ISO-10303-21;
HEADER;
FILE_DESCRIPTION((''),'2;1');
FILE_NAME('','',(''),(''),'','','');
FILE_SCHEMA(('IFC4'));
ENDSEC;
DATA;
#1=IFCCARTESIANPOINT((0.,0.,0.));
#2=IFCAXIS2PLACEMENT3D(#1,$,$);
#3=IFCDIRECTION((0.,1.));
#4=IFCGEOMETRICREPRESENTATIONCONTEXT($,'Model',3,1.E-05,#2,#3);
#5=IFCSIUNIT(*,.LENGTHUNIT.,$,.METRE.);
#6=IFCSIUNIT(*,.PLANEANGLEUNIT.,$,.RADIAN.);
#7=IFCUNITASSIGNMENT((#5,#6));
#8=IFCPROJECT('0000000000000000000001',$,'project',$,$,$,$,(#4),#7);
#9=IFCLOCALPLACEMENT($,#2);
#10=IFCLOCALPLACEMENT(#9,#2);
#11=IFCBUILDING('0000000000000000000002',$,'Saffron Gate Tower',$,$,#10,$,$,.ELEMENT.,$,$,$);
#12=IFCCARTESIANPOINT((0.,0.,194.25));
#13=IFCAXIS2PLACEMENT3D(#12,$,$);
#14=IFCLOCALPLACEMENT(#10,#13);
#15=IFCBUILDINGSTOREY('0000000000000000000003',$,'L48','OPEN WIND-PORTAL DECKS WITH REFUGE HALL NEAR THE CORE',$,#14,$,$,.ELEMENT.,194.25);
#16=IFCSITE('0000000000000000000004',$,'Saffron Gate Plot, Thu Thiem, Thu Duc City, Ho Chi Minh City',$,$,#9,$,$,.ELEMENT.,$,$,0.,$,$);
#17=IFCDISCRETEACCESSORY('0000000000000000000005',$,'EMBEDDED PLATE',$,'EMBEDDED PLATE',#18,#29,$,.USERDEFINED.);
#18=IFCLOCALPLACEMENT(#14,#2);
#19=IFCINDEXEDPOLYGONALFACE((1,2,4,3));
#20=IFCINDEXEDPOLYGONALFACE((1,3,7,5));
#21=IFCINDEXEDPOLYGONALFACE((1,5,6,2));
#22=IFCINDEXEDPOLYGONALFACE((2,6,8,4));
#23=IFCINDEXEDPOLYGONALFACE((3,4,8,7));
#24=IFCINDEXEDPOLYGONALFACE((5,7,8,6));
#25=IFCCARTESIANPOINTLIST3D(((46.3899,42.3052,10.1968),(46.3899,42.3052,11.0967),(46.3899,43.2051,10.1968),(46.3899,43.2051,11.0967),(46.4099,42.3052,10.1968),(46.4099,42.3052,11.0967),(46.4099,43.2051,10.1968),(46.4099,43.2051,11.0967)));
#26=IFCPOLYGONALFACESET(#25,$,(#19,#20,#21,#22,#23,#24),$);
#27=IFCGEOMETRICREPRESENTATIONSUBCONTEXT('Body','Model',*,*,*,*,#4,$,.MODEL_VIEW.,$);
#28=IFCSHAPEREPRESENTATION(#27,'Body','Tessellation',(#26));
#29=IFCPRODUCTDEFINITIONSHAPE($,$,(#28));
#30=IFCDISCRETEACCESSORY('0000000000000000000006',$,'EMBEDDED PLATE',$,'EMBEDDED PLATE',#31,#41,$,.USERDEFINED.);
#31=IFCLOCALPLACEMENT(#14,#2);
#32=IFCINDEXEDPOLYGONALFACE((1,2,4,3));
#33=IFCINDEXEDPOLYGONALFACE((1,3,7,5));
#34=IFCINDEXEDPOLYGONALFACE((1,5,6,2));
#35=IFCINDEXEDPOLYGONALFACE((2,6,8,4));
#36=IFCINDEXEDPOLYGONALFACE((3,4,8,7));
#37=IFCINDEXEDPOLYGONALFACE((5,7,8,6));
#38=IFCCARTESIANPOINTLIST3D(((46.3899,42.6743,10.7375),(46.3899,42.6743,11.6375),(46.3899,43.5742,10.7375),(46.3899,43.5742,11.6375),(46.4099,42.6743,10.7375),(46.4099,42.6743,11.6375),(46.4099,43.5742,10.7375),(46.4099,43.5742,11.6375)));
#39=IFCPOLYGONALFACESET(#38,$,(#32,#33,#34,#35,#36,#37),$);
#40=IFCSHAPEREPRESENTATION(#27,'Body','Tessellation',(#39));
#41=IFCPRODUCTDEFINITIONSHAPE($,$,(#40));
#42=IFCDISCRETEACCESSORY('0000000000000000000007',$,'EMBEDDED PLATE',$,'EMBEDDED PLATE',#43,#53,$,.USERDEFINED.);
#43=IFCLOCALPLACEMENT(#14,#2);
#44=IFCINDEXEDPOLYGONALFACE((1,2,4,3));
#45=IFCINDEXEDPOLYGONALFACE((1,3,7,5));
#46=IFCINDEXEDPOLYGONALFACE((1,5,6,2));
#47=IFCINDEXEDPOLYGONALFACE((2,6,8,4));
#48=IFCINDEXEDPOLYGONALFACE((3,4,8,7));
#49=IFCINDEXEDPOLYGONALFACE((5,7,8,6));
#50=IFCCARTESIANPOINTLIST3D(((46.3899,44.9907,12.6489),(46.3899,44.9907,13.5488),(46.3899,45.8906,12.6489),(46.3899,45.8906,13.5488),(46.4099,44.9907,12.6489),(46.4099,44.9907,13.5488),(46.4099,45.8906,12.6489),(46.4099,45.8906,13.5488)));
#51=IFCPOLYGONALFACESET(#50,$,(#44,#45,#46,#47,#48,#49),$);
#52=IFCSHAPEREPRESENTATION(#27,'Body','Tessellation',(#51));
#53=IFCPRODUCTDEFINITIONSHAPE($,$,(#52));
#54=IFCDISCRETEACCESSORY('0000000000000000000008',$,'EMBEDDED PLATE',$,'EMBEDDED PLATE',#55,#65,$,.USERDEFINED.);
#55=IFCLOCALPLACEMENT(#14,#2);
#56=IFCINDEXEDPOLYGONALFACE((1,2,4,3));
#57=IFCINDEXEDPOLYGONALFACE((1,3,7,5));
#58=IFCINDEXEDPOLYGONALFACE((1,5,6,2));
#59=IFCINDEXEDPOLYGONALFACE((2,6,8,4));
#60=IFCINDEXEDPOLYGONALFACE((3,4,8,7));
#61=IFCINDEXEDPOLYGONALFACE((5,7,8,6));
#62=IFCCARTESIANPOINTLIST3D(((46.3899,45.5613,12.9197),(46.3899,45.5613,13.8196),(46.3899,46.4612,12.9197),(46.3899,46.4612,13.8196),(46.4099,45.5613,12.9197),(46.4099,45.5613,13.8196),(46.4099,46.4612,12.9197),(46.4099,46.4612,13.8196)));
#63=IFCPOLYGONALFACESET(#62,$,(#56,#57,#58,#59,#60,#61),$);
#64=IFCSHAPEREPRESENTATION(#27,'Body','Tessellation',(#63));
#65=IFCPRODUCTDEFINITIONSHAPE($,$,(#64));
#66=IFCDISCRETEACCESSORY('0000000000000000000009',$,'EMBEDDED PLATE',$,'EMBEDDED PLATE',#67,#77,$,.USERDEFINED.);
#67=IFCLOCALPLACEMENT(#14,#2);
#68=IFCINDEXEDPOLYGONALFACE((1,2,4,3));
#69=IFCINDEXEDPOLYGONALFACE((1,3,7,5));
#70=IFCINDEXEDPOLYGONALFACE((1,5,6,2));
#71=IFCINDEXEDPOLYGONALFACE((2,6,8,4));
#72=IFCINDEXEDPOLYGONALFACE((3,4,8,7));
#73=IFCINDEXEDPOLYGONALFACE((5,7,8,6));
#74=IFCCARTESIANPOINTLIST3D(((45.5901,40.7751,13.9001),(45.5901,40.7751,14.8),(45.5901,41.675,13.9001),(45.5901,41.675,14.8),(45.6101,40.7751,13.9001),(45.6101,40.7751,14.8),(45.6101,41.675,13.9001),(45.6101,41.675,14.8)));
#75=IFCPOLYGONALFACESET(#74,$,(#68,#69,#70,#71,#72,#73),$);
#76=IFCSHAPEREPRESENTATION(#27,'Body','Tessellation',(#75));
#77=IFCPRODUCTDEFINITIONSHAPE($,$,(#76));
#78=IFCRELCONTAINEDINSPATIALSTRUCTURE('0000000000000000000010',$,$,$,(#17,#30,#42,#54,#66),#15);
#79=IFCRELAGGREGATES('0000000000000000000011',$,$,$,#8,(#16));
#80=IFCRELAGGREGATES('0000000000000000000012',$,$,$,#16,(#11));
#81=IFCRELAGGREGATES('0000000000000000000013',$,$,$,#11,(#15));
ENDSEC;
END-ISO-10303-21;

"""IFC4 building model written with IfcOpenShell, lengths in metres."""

from ifc_helpers import new_model, si_unit, direction, frame, origin, origin_2d, place, context, subcontext, project, spatial, rectangle, extrude, element, save


model = new_model("IFC4")

# Units and contexts
model_context = context("Model", 3, precision=1e-05, world=origin(), true_north=direction((0.0, 1.0)))
body_context = subcontext(model_context, "Body", "Model", "MODEL_VIEW")
ifc_project = project(units=[si_unit("LENGTHUNIT", "METRE"), si_unit("PLANEANGLEUNIT", "RADIAN")], contexts=[model_context])

# Site, building, storey
site_placement = place(None, origin())
site = spatial("IfcSite", under=ifc_project, at=site_placement, Name="Saffron Gate Plot, Thu Thiem, Thu Duc City, Ho Chi Minh City", CompositionType="ELEMENT", RefElevation=0.0)
building_placement = place(site_placement, origin())
building = spatial("IfcBuilding", under=site, at=building_placement, Name="Saffron Gate Tower", CompositionType="ELEMENT")
storey_placement = place(building_placement, frame((0.0, 0.0, 194.25)))
storey = spatial("IfcBuildingStorey", under=building, at=storey_placement, Name="L48", Description="OPEN WIND-PORTAL DECKS WITH REFUGE HALL NEAR THE CORE", CompositionType="ELEMENT", Elevation=194.25)

# Discrete accessories
for number, where, z_axis, x_axis, name in (
    (1, (46.3999, 42.7551, 10.1968), (0.0, 0.0, 1.0), (0.0, 1.0, 0.0), "EMBEDDED PLATE"),
    (2, (46.3999, 43.1243, 10.7375), (0.0, 0.0, 1.0), (0.0, 1.0, 0.0), "EMBEDDED PLATE"),
    (3, (46.3999, 45.4407, 12.6489), (0.0, 0.0, 1.0), (0.0, 1.0, 0.0), "EMBEDDED PLATE"),
    (4, (46.3999, 46.0112, 12.9197), (0.0, 0.0, 1.0), (0.0, 1.0, 0.0), "EMBEDDED PLATE"),
    (5, (45.6001, 41.2251, 13.9001), (0.0, 0.0, 1.0), (0.0, 1.0, 0.0), "EMBEDDED PLATE"),
):
    element("IfcDiscreteAccessory", number, at=place(storey_placement, frame(where, z_axis=z_axis, x_axis=x_axis)), inside=storey, Name=name, ObjectType="EMBEDDED PLATE", PredefinedType="USERDEFINED", context=body_context, shape_type="SweptSolid", body=[
        extrude(rectangle(XDim=0.8999, YDim=0.02, at=origin_2d()), origin(), (0.0, 0.0, 1.0), 0.8999),
    ])

save(model, "model.ifc")
